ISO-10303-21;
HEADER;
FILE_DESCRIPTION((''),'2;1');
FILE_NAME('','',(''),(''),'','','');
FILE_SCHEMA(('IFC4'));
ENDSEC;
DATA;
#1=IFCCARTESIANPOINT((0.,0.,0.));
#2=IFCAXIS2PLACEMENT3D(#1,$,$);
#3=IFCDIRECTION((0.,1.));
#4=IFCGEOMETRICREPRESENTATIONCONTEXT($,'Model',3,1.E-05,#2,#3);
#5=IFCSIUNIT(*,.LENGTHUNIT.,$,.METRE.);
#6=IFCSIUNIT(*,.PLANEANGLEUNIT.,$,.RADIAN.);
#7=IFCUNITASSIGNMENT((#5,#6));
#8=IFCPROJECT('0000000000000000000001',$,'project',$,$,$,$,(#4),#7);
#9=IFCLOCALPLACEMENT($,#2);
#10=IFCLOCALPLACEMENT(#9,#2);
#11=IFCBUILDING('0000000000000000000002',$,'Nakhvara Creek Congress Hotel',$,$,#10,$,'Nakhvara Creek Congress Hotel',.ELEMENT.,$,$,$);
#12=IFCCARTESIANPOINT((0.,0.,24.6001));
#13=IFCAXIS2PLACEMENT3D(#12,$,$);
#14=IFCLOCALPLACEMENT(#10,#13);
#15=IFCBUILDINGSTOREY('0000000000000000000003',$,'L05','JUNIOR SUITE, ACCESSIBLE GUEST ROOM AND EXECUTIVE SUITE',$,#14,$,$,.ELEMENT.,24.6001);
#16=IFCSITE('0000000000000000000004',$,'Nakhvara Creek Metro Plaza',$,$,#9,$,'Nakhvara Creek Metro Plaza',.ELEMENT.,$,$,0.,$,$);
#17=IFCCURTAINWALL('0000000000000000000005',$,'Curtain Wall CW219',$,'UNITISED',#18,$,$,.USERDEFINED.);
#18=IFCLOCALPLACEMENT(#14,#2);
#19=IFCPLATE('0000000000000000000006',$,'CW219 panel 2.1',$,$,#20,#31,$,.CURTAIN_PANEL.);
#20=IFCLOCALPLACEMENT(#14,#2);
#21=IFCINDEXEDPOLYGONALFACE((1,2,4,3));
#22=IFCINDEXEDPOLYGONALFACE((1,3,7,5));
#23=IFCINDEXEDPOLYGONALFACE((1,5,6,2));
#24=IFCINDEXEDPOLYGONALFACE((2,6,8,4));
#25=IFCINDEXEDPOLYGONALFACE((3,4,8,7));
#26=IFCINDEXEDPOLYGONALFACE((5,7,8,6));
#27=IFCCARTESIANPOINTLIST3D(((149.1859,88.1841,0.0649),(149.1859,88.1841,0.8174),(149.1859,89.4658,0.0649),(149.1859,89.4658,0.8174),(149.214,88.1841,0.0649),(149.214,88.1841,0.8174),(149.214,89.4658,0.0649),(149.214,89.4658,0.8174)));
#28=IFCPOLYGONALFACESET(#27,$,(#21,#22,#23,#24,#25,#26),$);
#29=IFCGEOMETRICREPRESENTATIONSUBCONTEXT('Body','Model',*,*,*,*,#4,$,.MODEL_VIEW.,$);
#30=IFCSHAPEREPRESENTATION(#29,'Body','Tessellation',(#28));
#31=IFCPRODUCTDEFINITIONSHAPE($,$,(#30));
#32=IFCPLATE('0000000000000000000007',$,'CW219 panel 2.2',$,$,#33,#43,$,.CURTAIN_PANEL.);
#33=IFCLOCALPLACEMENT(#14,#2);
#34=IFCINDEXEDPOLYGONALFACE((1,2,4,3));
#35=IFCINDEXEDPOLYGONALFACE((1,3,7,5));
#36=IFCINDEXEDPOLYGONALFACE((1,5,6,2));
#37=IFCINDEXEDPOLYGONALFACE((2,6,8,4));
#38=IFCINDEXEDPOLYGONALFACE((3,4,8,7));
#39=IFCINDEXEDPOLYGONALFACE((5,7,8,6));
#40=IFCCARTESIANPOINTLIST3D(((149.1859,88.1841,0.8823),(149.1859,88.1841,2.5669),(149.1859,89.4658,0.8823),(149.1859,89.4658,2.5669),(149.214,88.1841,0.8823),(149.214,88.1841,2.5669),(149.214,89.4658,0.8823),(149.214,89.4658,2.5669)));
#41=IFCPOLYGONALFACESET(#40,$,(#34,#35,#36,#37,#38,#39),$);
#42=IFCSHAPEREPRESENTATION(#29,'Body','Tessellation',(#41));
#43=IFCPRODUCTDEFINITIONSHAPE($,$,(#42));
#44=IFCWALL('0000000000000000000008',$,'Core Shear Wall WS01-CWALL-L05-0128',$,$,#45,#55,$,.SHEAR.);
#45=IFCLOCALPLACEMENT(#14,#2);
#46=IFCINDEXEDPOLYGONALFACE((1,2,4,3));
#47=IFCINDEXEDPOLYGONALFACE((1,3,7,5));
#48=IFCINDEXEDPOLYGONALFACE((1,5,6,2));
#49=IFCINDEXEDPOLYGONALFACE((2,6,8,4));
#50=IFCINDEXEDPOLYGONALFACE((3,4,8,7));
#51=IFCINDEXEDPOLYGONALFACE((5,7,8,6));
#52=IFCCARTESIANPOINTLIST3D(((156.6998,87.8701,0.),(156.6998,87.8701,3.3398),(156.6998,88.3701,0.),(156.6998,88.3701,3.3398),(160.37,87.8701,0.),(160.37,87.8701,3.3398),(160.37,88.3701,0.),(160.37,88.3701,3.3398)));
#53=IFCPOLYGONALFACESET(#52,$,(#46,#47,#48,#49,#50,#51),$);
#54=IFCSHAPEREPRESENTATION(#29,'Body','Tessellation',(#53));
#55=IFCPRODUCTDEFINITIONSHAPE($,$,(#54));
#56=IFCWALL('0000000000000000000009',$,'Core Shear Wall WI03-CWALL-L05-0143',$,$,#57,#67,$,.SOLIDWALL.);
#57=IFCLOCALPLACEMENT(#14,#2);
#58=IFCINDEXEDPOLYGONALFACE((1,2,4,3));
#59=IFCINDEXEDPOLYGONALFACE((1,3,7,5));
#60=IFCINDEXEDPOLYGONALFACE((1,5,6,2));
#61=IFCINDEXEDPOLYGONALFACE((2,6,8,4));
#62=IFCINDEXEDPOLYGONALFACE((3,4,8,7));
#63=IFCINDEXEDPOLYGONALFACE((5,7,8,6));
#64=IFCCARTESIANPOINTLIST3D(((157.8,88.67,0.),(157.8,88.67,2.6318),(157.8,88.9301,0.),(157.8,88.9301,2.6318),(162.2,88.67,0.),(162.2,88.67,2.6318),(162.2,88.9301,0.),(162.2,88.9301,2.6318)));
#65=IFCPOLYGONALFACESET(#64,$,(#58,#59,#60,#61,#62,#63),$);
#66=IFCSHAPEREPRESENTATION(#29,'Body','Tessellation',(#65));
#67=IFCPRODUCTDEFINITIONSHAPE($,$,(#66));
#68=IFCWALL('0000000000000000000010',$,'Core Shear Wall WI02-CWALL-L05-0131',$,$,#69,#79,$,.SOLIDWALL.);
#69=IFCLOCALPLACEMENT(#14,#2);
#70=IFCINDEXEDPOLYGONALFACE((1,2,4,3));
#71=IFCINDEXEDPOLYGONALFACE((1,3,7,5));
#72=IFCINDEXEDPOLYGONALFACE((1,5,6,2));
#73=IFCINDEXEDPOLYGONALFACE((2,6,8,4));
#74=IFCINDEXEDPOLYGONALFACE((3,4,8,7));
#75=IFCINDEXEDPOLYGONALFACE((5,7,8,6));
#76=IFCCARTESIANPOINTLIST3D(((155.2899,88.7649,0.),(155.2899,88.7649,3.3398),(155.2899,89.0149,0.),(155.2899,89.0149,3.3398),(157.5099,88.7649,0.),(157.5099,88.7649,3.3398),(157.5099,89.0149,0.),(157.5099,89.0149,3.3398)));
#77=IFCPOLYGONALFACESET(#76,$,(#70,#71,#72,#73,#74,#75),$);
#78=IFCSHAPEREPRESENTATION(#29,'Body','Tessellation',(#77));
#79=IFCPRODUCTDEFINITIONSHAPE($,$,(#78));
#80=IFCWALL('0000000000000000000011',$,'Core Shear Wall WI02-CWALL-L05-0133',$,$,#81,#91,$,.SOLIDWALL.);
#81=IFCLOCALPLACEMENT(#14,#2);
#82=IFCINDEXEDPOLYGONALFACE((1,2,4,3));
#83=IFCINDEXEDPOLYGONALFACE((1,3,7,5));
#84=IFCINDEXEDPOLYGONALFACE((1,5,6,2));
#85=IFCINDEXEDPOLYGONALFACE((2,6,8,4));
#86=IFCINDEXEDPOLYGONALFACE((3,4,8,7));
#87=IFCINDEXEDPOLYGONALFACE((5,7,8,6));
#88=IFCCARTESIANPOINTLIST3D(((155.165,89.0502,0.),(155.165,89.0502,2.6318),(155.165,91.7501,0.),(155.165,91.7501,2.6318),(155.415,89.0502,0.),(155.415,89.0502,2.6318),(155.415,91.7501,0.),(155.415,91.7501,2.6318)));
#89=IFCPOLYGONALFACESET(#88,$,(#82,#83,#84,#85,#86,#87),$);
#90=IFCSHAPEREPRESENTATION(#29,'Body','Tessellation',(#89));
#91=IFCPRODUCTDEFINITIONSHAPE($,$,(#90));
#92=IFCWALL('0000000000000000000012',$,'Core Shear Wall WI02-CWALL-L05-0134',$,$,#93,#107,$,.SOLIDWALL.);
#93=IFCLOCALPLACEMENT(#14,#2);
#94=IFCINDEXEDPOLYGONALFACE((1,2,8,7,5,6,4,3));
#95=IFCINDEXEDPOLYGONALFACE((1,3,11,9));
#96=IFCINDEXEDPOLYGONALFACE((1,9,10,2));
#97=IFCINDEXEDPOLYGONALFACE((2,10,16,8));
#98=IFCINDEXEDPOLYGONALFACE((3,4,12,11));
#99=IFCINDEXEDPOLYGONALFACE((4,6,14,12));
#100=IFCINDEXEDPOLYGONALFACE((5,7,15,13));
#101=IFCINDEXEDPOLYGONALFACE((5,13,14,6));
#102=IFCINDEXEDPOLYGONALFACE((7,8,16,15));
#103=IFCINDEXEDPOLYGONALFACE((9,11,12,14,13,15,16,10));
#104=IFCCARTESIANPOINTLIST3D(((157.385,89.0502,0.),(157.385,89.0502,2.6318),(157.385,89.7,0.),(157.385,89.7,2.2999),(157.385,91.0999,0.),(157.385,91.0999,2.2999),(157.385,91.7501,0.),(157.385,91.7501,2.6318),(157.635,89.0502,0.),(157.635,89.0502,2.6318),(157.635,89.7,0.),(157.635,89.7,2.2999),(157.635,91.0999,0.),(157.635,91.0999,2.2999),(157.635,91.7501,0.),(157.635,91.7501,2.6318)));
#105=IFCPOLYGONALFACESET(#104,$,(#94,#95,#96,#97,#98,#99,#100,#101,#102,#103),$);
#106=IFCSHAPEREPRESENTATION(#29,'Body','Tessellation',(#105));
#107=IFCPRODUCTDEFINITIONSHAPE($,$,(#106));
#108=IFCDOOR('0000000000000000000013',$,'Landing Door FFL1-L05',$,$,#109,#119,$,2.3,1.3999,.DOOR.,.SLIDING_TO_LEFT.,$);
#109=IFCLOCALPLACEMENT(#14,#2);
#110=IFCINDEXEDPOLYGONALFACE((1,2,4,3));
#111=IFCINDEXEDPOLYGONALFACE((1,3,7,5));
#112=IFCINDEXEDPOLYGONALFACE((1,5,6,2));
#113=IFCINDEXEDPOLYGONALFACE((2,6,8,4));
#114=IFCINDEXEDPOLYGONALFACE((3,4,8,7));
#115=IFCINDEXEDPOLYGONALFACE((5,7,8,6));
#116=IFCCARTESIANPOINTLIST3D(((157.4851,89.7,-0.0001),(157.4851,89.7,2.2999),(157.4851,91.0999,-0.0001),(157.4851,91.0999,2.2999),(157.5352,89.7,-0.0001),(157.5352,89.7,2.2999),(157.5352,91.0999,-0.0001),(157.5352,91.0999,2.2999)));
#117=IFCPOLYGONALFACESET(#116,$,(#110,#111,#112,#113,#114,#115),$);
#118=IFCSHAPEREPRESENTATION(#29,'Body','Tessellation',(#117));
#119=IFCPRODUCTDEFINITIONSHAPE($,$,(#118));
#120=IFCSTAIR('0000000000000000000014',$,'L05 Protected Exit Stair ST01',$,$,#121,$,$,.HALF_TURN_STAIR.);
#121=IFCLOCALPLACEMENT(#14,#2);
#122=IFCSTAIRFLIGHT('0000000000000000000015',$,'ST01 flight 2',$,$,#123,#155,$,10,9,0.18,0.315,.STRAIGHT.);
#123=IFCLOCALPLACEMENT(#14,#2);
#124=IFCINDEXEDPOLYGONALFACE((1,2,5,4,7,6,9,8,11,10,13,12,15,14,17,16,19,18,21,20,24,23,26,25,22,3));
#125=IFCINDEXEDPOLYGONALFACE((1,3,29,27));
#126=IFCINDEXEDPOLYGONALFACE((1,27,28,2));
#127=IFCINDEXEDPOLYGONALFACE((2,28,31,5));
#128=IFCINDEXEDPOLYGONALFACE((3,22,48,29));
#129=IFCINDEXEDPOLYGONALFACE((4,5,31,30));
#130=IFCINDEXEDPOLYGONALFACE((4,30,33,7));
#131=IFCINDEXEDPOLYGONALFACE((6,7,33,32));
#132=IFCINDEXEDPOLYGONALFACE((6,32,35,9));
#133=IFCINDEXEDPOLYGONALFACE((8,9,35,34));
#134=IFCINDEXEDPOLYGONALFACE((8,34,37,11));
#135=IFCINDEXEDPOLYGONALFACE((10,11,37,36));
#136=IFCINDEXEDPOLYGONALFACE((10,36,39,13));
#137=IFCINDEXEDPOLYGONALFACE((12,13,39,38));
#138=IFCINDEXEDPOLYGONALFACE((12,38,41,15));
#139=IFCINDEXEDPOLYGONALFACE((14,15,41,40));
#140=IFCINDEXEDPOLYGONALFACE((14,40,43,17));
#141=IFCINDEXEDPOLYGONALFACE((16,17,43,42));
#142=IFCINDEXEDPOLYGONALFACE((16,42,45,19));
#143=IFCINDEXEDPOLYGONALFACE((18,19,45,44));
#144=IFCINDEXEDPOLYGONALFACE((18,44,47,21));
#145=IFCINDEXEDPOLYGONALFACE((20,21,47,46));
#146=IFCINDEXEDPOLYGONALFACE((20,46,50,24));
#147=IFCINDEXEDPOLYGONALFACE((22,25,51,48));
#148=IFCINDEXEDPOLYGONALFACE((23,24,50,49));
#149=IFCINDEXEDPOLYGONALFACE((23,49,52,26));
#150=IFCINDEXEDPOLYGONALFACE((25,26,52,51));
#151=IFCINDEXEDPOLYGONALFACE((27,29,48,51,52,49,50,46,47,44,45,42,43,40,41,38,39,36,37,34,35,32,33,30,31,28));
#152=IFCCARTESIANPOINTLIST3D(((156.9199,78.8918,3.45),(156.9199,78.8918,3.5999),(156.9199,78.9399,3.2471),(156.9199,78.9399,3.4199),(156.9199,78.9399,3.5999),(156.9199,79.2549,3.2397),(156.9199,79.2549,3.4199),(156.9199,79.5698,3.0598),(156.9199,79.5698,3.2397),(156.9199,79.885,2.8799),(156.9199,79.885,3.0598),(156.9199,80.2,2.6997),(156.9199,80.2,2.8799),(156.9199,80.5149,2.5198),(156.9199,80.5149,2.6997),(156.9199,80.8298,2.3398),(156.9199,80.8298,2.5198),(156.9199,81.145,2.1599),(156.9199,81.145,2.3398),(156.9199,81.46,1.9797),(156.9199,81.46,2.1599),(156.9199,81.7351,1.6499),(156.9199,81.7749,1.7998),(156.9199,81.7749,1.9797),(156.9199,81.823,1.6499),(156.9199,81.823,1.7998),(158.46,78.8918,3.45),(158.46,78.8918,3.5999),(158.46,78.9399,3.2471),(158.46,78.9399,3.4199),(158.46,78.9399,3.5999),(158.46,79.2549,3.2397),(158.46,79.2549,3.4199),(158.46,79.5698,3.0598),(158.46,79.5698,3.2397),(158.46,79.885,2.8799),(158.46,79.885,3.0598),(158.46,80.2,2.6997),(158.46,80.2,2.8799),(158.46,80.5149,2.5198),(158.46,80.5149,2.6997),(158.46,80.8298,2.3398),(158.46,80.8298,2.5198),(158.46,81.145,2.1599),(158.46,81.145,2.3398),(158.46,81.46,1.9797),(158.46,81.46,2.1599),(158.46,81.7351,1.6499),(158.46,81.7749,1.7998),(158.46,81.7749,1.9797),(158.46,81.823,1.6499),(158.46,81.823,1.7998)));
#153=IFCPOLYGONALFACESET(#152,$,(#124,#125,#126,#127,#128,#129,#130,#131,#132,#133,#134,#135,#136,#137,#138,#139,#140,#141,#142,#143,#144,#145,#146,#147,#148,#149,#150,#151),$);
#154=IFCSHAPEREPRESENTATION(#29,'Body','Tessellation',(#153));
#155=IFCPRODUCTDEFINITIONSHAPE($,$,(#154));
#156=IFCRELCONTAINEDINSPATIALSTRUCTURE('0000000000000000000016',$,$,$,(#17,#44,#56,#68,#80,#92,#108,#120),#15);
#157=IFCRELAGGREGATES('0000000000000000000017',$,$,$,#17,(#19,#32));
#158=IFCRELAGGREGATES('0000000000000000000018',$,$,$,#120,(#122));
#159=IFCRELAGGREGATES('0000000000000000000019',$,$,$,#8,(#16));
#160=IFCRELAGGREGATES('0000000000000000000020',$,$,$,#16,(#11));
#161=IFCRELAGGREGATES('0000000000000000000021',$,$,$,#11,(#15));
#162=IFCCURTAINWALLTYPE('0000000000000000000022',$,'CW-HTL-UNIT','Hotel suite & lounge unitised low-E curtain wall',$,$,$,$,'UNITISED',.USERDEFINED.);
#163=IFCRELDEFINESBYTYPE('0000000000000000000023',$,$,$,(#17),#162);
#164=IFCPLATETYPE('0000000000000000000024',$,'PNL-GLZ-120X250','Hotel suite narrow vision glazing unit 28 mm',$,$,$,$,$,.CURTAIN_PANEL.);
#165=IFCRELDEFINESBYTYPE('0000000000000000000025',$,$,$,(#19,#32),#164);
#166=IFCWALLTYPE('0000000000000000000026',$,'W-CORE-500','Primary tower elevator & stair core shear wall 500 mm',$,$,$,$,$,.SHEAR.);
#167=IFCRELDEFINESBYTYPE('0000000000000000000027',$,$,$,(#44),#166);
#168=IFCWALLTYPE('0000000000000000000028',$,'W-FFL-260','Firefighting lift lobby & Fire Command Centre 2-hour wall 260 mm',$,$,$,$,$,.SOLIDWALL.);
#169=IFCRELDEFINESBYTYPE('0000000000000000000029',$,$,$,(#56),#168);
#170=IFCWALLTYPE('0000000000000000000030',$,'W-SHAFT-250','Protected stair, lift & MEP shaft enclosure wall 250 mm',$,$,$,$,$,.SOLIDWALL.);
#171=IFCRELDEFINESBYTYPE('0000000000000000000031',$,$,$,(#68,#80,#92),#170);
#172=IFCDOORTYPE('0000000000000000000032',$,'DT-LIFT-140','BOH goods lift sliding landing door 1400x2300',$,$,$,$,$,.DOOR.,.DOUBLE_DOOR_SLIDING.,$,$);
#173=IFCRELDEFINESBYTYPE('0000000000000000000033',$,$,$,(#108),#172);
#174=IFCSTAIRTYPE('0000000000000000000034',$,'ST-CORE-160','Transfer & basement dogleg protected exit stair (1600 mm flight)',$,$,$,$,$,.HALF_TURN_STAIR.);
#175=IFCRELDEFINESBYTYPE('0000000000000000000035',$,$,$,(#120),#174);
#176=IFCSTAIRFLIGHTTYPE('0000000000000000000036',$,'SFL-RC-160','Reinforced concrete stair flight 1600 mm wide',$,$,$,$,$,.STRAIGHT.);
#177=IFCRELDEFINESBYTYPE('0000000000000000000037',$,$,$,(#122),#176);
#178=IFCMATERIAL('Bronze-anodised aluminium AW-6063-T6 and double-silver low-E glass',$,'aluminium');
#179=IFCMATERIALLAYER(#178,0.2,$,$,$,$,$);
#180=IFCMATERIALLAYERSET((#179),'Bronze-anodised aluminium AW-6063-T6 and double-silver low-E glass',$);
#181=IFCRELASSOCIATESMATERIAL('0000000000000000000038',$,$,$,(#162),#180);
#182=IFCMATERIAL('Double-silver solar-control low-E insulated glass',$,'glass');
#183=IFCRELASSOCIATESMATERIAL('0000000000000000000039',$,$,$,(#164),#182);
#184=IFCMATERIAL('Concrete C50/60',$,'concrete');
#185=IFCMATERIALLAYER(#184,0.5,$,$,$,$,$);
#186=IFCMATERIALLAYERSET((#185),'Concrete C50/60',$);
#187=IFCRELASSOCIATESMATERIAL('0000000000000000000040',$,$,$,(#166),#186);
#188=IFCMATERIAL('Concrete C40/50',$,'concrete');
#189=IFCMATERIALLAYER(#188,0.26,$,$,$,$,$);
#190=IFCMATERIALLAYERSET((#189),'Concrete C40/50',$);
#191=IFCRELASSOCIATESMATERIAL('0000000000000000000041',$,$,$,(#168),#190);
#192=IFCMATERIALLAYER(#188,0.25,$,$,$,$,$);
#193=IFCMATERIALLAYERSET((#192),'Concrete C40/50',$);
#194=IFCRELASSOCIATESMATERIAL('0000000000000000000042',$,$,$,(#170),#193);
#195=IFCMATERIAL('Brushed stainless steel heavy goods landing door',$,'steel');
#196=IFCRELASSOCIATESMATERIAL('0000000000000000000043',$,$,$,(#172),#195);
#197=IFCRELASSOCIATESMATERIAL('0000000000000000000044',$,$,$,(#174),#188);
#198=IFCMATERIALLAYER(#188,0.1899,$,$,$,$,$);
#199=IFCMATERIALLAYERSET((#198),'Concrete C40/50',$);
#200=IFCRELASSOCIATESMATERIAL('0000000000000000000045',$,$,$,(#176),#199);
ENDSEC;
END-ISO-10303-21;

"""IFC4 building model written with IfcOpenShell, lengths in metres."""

from ifc_helpers import new_model, si_unit, direction, frame, frame_2d, origin, origin_2d, place, context, subcontext, project, spatial, polyline, rectangle, outline, extrude, material, layer, layer_set, type_object, element, fill, aggregate, save


model = new_model("IFC4")

# Units and contexts
model_context = context("Model", 3, precision=1e-05, world=origin(), true_north=direction((0.0, 1.0)))
body_context = subcontext(model_context, "Body", "Model", "MODEL_VIEW")
ifc_project = project(units=[si_unit("LENGTHUNIT", "METRE"), si_unit("PLANEANGLEUNIT", "RADIAN")], contexts=[model_context])

# Site, building, storey
site_placement = place(None, origin())
site = spatial("IfcSite", under=ifc_project, at=site_placement, Name="Nakhvara Creek Metro Plaza", LongName="Nakhvara Creek Metro Plaza", CompositionType="ELEMENT", RefElevation=0.0)
building_placement = place(site_placement, origin())
building = spatial("IfcBuilding", under=site, at=building_placement, Name="Nakhvara Creek Congress Hotel", LongName="Nakhvara Creek Congress Hotel", CompositionType="ELEMENT")
storey_placement = place(building_placement, frame((0.0, 0.0, 24.6001)))
storey = spatial("IfcBuildingStorey", under=building, at=storey_placement, Name="L05", Description="JUNIOR SUITE, ACCESSIBLE GUEST ROOM AND EXECUTIVE SUITE", CompositionType="ELEMENT", Elevation=24.6001)

# Shared definitions
ifc_material_1 = material(Name="Concrete C50/60", Category="concrete")

# Shared definitions
ifc_material_2 = material(Name="Concrete C40/50", Category="concrete")

# Curtain wall, plates
ifc_material_3 = material(Name="Bronze-anodised aluminium AW-6063-T6 and double-silver low-E glass", Category="aluminium")
ifc_layer_1 = layer(ifc_material_3, 0.2)
ifc_layer_set_1 = layer_set([ifc_layer_1], Name="Bronze-anodised aluminium AW-6063-T6 and double-silver low-E glass")
curtain_wall_type = type_object("IfcCurtainWallType", Name="CW-HTL-UNIT", Description="Hotel suite & lounge unitised low-E curtain wall", ElementType="UNITISED", PredefinedType="USERDEFINED", material=ifc_layer_set_1)
curtain_wall_placement = place(storey_placement, origin())
curtain_wall = element("IfcCurtainWall", 1, at=curtain_wall_placement, inside=storey, type_object=curtain_wall_type, Name="Curtain Wall CW219", ObjectType="UNITISED", PredefinedType="USERDEFINED")
ifc_material_4 = material(Name="Double-silver solar-control low-E insulated glass", Category="glass")
plate_type = type_object("IfcPlateType", Name="PNL-GLZ-120X250", Description="Hotel suite narrow vision glazing unit 28 mm", PredefinedType="CURTAIN_PANEL", material=ifc_material_4)
plate_1_placement = place(storey_placement, frame((149.2, 88.825, 0.0649), z_axis=(0.0, 0.0, 1.0), x_axis=(0.0, 1.0, 0.0)))
plate_1 = element("IfcPlate", 2, at=plate_1_placement, type_object=plate_type, Name="CW219 panel 2.1", PredefinedType="CURTAIN_PANEL", context=body_context, shape_type="SweptSolid", body=[
    extrude(rectangle(XDim=1.2817, YDim=0.0281, at=origin_2d()), origin(), (0.0, 0.0, 1.0), 0.7524),
])
plate_2_placement = place(storey_placement, frame((149.2, 88.825, 0.8823), z_axis=(0.0, 0.0, 1.0), x_axis=(0.0, 1.0, 0.0)))
plate_2 = element("IfcPlate", 3, at=plate_2_placement, type_object=plate_type, Name="CW219 panel 2.2", PredefinedType="CURTAIN_PANEL", context=body_context, shape_type="SweptSolid", body=[
    extrude(rectangle(XDim=1.2817, YDim=0.0281, at=origin_2d()), origin(), (0.0, 0.0, 1.0), 1.6846),
])
aggregate(curtain_wall, [plate_1, plate_2])

# Wall
ifc_layer_2 = layer(ifc_material_1, 0.5)
ifc_layer_set_2 = layer_set([ifc_layer_2], Name="Concrete C50/60")
wall_type_1 = type_object("IfcWallType", Name="W-CORE-500", Description="Primary tower elevator & stair core shear wall 500 mm", PredefinedType="SHEAR", material=ifc_layer_set_2)
wall_1_placement = place(storey_placement, frame((156.7, 88.1201, 0.0), z_axis=(0.0, 0.0, 1.0), x_axis=(1.0, 0.0, 0.0)))
element("IfcWall", 4, at=wall_1_placement, inside=storey, type_object=wall_type_1, Name="Core Shear Wall WS01-CWALL-L05-0128", PredefinedType="SHEAR", context=body_context, shape_type="SweptSolid", body=[
    extrude(rectangle(XDim=3.6702, YDim=0.5, at=frame_2d((1.835, 0.0))), origin(), (0.0, 0.0, 1.0), 3.3398),
])

# Shared definitions
ifc_layer_3 = layer(ifc_material_2, 0.26)
ifc_layer_set_3 = layer_set([ifc_layer_3], Name="Concrete C40/50")
wall_type_2 = type_object("IfcWallType", Name="W-FFL-260", Description="Firefighting lift lobby & Fire Command Centre 2-hour wall 260 mm", PredefinedType="SOLIDWALL", material=ifc_layer_set_3)

# Walls
wall_2_placement = place(storey_placement, frame((157.8, 88.8, 0.0), z_axis=(0.0, 0.0, 1.0), x_axis=(1.0, 0.0, 0.0)))
element("IfcWall", 5, at=wall_2_placement, inside=storey, type_object=wall_type_2, Name="Core Shear Wall WI03-CWALL-L05-0143", PredefinedType="SOLIDWALL", context=body_context, shape_type="SweptSolid", body=[
    extrude(rectangle(XDim=4.3999, YDim=0.26, at=frame_2d((2.2, 0.0))), origin(), (0.0, 0.0, 1.0), 2.6318),
])
ifc_layer_4 = layer(ifc_material_2, 0.25)
ifc_layer_set_4 = layer_set([ifc_layer_4], Name="Concrete C40/50")
wall_type_3 = type_object("IfcWallType", Name="W-SHAFT-250", Description="Protected stair, lift & MEP shaft enclosure wall 250 mm", PredefinedType="SOLIDWALL", material=ifc_layer_set_4)
wall_3_placement = place(storey_placement, frame((155.29, 88.8899, 0.0), z_axis=(0.0, 0.0, 1.0), x_axis=(1.0, 0.0, 0.0)))
element("IfcWall", 6, at=wall_3_placement, inside=storey, type_object=wall_type_3, Name="Core Shear Wall WI02-CWALL-L05-0131", PredefinedType="SOLIDWALL", context=body_context, shape_type="SweptSolid", body=[
    extrude(rectangle(XDim=2.22, YDim=0.25, at=frame_2d((1.1099, 0.0))), origin(), (0.0, 0.0, 1.0), 3.3398),
])
wall_4_placement = place(storey_placement, frame((155.29, 89.05, 0.0), z_axis=(0.0, 0.0, 1.0), x_axis=(0.0, 1.0, 0.0)))
element("IfcWall", 7, at=wall_4_placement, inside=storey, type_object=wall_type_3, Name="Core Shear Wall WI02-CWALL-L05-0133", PredefinedType="SOLIDWALL", context=body_context, shape_type="SweptSolid", body=[
    extrude(rectangle(XDim=2.7, YDim=0.25, at=frame_2d((1.3501, 0.0))), origin(), (0.0, 0.0, 1.0), 2.6318),
])

# Wall, opening, door
wall_5_placement = place(storey_placement, frame((157.51, 89.05, 0.0), z_axis=(0.0, 0.0, 1.0), x_axis=(0.0, 1.0, 0.0)))
wall_5 = element("IfcWall", 8, at=wall_5_placement, inside=storey, type_object=wall_type_3, Name="Core Shear Wall WI02-CWALL-L05-0134", PredefinedType="SOLIDWALL", context=body_context, shape_type="SweptSolid", body=[
    extrude(rectangle(XDim=2.7, YDim=0.25, at=frame_2d((1.3501, 0.0))), origin(), (0.0, 0.0, 1.0), 2.6318),
])
opening_1_placement = place(wall_5_placement, frame((0.6499, 0.0, 0.0)))
opening_1 = element("IfcOpeningElement", 9, at=opening_1_placement, cuts=wall_5, PredefinedType="OPENING", context=body_context, shape_type="SweptSolid", body=[
    extrude(rectangle(XDim=1.3999, YDim=2.3, at=frame_2d((0.7, 1.1499))), frame((0.0, 0.137, 0.0), z_axis=(0.0, -1.0, 0.0), x_axis=(1.0, 0.0, 0.0)), (0.0, 0.0, 1.0), 0.2739),
])
ifc_material_5 = material(Name="Brushed stainless steel heavy goods landing door", Category="steel")
door_type_1 = type_object("IfcDoorType", Name="DT-LIFT-140", Description="BOH goods lift sliding landing door 1400x2300", OperationType="DOUBLE_DOOR_SLIDING", PredefinedType="DOOR", material=ifc_material_5)
door_1_placement = place(opening_1_placement, origin())
door_1 = element("IfcDoor", 10, at=door_1_placement, inside=storey, type_object=door_type_1, Name="Landing Door FFL1-L05", OperationType="SLIDING_TO_LEFT", OverallHeight=2.3, OverallWidth=1.3999, PredefinedType="DOOR", context=body_context, shape_type="SweptSolid", body=[
    extrude(rectangle(XDim=1.3999, YDim=2.3, at=frame_2d((0.7, 1.1499))), frame((0.0, 0.0249, 0.0), z_axis=(0.0, -1.0, 0.0), x_axis=(1.0, 0.0, 0.0)), (0.0, 0.0, 1.0), 0.05),
])
fill(opening_1, door_1)

# Stair, stair flight
stair_type = type_object("IfcStairType", Name="ST-CORE-160", Description="Transfer & basement dogleg protected exit stair (1600 mm flight)", PredefinedType="HALF_TURN_STAIR", material=ifc_material_2)
stair_placement = place(storey_placement, origin())
stair = element("IfcStair", 11, at=stair_placement, inside=storey, type_object=stair_type, Name="L05 Protected Exit Stair ST01", PredefinedType="HALF_TURN_STAIR")
ifc_layer_5 = layer(ifc_material_2, 0.1899)
ifc_layer_set_5 = layer_set([ifc_layer_5], Name="Concrete C40/50")
stair_flight_type = type_object("IfcStairFlightType", Name="SFL-RC-160", Description="Reinforced concrete stair flight 1600 mm wide", PredefinedType="STRAIGHT", material=ifc_layer_set_5)
stair_flight_placement = place(storey_placement, frame((157.6899, 81.7749, 1.7998), z_axis=(0.0, 0.0, 1.0), x_axis=(0.0, -1.0, 0.0)))
stair_flight = element("IfcStairFlight", 12, at=stair_flight_placement, type_object=stair_flight_type, Name="ST01 flight 2", NumberOfRisers=10, NumberOfTreads=9, PredefinedType="STRAIGHT", RiserHeight=0.18, TreadLength=0.315, context=body_context, shape_type="SweptSolid", body=[
    extrude(outline(polyline([(-0.0481, 0.0), (0.0, 0.0), (0.0, 0.1799), (0.3149, 0.1799), (0.3149, 0.3601), (0.6299, 0.3601), (0.6299, 0.54), (0.9451, 0.54), (0.9451, 0.72), (1.26, 0.72), (1.26, 0.8999), (1.575, 0.8999), (1.575, 1.0801), (1.8899, 1.0801), (1.8899, 1.26), (2.2051, 1.26), (2.2051, 1.4399), (2.52, 1.4399), (2.52, 1.6201), (2.835, 1.6201), (2.835, 1.8), (2.8831, 1.8), (2.8831, 1.6501), (2.835, 1.4473), (0.0398, -0.1499), (-0.0481, -0.1499), (-0.0481, 0.0)])), frame((0.0, 0.77, 0.0), z_axis=(0.0, -1.0, 0.0), x_axis=(1.0, 0.0, 0.0)), (0.0, 0.0, 1.0), 1.54),
])
aggregate(stair, [stair_flight])

save(model, "model.ifc")
